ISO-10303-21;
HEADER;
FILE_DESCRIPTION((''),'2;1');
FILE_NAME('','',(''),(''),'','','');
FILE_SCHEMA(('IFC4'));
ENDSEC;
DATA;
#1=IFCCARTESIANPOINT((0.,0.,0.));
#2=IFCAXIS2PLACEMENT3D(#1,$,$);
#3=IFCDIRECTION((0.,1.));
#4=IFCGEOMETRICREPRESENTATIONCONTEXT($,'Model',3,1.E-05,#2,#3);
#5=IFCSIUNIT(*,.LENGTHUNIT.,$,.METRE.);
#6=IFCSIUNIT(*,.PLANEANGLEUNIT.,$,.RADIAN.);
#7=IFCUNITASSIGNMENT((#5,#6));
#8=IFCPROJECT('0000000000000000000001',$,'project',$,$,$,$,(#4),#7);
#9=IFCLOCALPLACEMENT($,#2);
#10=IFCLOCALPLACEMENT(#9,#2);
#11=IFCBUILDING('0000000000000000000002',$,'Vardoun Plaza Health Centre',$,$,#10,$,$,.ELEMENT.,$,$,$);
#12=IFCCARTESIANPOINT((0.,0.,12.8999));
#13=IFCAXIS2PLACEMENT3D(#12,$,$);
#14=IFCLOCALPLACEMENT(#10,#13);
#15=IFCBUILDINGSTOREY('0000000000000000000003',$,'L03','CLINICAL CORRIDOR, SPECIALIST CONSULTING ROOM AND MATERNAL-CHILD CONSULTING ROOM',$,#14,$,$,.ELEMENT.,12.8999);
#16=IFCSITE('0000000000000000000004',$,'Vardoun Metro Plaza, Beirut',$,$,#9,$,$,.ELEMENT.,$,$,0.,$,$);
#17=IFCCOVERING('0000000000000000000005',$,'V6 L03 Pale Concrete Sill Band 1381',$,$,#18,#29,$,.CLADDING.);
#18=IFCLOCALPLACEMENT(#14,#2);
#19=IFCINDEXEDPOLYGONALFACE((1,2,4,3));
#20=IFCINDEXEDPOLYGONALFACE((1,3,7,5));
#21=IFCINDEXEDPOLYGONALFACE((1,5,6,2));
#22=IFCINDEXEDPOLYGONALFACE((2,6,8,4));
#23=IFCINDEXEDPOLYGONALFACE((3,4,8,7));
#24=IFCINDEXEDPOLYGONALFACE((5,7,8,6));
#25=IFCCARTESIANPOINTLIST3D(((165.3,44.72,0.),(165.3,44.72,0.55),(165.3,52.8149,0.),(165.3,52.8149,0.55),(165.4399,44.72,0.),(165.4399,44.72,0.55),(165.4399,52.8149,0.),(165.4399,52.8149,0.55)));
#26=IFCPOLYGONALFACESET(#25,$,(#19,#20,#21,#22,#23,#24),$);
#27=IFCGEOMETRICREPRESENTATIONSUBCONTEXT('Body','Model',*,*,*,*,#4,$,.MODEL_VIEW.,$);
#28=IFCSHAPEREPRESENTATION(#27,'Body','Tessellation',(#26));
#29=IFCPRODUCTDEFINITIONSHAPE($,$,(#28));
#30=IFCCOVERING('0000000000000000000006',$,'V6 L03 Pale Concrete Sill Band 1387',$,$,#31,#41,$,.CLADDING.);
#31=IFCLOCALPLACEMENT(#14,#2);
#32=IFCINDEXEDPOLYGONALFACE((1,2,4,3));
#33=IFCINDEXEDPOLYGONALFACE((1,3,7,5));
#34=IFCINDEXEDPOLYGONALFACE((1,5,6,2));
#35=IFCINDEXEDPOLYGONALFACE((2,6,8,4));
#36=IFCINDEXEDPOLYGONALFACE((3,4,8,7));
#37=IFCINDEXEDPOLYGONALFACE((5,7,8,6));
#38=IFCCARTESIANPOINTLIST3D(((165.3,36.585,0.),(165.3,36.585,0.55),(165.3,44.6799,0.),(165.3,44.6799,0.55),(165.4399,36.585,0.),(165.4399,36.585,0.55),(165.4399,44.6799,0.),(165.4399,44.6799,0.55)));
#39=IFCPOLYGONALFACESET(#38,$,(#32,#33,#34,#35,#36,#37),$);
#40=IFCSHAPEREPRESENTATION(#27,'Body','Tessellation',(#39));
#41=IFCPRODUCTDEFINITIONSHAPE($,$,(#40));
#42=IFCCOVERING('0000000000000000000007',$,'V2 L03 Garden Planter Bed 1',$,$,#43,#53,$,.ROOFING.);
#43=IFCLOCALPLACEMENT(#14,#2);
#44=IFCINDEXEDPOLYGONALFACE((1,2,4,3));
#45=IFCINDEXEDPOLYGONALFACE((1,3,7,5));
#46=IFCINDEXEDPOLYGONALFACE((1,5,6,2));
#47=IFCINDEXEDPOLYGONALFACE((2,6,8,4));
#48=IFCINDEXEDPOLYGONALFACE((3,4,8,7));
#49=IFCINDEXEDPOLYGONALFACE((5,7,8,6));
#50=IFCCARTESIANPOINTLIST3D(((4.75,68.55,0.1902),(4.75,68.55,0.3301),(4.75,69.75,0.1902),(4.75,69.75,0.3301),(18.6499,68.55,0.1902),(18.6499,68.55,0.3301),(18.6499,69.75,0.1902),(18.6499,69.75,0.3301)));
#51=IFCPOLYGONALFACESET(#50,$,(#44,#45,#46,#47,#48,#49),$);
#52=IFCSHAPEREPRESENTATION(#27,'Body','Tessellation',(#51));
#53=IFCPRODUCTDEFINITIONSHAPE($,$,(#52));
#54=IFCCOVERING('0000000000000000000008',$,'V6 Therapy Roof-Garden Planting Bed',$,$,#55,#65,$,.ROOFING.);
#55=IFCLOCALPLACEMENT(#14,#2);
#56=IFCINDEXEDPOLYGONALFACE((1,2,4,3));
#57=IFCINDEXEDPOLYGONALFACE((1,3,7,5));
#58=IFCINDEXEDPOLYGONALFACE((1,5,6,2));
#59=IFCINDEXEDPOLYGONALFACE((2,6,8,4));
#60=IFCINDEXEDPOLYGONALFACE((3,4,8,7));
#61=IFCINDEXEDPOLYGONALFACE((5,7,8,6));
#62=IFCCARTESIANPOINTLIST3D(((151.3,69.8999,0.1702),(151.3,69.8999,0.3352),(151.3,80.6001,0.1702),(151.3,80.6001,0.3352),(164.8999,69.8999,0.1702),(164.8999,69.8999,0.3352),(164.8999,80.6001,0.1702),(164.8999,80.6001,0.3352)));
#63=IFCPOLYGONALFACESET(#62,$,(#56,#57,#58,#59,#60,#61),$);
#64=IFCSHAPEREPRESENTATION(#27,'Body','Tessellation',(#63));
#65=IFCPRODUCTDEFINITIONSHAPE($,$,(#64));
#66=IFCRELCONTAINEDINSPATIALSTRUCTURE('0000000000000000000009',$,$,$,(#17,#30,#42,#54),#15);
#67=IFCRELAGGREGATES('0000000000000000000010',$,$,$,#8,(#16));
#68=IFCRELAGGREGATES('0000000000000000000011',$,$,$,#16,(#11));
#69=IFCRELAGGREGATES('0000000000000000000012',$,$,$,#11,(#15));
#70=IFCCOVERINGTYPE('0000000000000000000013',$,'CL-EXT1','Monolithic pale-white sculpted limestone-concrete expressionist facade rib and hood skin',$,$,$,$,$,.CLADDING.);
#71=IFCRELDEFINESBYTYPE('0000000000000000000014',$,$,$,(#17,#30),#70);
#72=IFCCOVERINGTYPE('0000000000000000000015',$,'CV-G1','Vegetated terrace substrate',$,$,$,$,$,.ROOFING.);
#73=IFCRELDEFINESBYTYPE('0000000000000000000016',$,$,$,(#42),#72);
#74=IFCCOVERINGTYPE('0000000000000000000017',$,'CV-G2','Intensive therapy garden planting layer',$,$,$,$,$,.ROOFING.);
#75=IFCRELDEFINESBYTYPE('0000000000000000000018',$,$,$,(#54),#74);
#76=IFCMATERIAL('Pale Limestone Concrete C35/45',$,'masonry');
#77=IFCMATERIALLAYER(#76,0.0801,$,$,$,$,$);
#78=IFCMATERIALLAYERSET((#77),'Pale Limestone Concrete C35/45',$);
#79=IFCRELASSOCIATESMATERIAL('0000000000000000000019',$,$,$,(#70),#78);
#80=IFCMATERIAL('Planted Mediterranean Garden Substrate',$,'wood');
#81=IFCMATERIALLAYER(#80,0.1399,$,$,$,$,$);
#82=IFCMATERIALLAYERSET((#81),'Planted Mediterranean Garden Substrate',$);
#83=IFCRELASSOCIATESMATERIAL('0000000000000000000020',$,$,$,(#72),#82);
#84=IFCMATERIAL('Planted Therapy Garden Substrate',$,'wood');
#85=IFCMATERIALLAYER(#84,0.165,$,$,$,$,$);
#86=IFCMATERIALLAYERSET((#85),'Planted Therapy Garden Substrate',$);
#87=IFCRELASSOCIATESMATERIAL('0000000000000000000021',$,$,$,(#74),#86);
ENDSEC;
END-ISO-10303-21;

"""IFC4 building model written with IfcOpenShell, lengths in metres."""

from ifc_helpers import new_model, si_unit, direction, frame, origin, place, context, subcontext, project, spatial, polyline, outline, extrude, material, layer, layer_set, type_object, element, save


model = new_model("IFC4")

# Units and contexts
model_context = context("Model", 3, precision=1e-05, world=origin(), true_north=direction((0.0, 1.0)))
body_context = subcontext(model_context, "Body", "Model", "MODEL_VIEW")
ifc_project = project(units=[si_unit("LENGTHUNIT", "METRE"), si_unit("PLANEANGLEUNIT", "RADIAN")], contexts=[model_context])

# Site, building, storey
site_placement = place(None, origin())
site = spatial("IfcSite", under=ifc_project, at=site_placement, Name="Vardoun Metro Plaza, Beirut", CompositionType="ELEMENT", RefElevation=0.0)
building_placement = place(site_placement, origin())
building = spatial("IfcBuilding", under=site, at=building_placement, Name="Vardoun Plaza Health Centre", CompositionType="ELEMENT")
storey_placement = place(building_placement, frame((0.0, 0.0, 12.8999)))
storey = spatial("IfcBuildingStorey", under=building, at=storey_placement, Name="L03", Description="CLINICAL CORRIDOR, SPECIALIST CONSULTING ROOM AND MATERNAL-CHILD CONSULTING ROOM", CompositionType="ELEMENT", Elevation=12.8999)

# Coverings
ifc_material_1 = material(Name="Pale Limestone Concrete C35/45", Category="masonry")
ifc_layer_1 = layer(ifc_material_1, 0.0801)
ifc_layer_set_1 = layer_set([ifc_layer_1], Name="Pale Limestone Concrete C35/45")
covering_type_1 = type_object("IfcCoveringType", Name="CL-EXT1", Description="Monolithic pale-white sculpted limestone-concrete expressionist facade rib and hood skin", PredefinedType="CLADDING", material=ifc_layer_set_1)
covering_1_placement = place(storey_placement, origin())
element("IfcCovering", 1, at=covering_1_placement, inside=storey, type_object=covering_type_1, Name="V6 L03 Pale Concrete Sill Band 1381", PredefinedType="CLADDING", context=body_context, shape_type="SweptSolid", body=[
    extrude(outline(polyline([(165.3, 52.8149), (165.3, 44.72), (165.4399, 44.72), (165.4399, 52.8149), (165.3, 52.8149)])), origin(), (0.0, 0.0, 1.0), 0.55),
])
covering_2_placement = place(storey_placement, origin())
element("IfcCovering", 2, at=covering_2_placement, inside=storey, type_object=covering_type_1, Name="V6 L03 Pale Concrete Sill Band 1387", PredefinedType="CLADDING", context=body_context, shape_type="SweptSolid", body=[
    extrude(outline(polyline([(165.3, 44.6799), (165.3, 36.585), (165.4399, 36.585), (165.4399, 44.6799), (165.3, 44.6799)])), origin(), (0.0, 0.0, 1.0), 0.55),
])
ifc_material_2 = material(Name="Planted Mediterranean Garden Substrate", Category="wood")
ifc_layer_2 = layer(ifc_material_2, 0.1399)
ifc_layer_set_2 = layer_set([ifc_layer_2], Name="Planted Mediterranean Garden Substrate")
covering_type_2 = type_object("IfcCoveringType", Name="CV-G1", Description="Vegetated terrace substrate", PredefinedType="ROOFING", material=ifc_layer_set_2)
covering_3_placement = place(storey_placement, frame((0.0, 0.0, 0.1902)))
element("IfcCovering", 3, at=covering_3_placement, inside=storey, type_object=covering_type_2, Name="V2 L03 Garden Planter Bed 1", PredefinedType="ROOFING", context=body_context, shape_type="SweptSolid", body=[
    extrude(outline(polyline([(4.75, 68.55), (18.6499, 68.55), (18.6499, 69.75), (4.75, 69.75), (4.75, 68.55)])), origin(), (0.0, 0.0, 1.0), 0.1399),
])
ifc_material_3 = material(Name="Planted Therapy Garden Substrate", Category="wood")
ifc_layer_3 = layer(ifc_material_3, 0.165)
ifc_layer_set_3 = layer_set([ifc_layer_3], Name="Planted Therapy Garden Substrate")
covering_type_3 = type_object("IfcCoveringType", Name="CV-G2", Description="Intensive therapy garden planting layer", PredefinedType="ROOFING", material=ifc_layer_set_3)
covering_4_placement = place(storey_placement, frame((0.0, 0.0, 0.1702)))
element("IfcCovering", 4, at=covering_4_placement, inside=storey, type_object=covering_type_3, Name="V6 Therapy Roof-Garden Planting Bed", PredefinedType="ROOFING", context=body_context, shape_type="SweptSolid", body=[
    extrude(outline(polyline([(151.3, 69.8999), (164.8999, 69.8999), (164.8999, 80.6001), (151.3, 80.6001), (151.3, 69.8999)])), origin(), (0.0, 0.0, 1.0), 0.165),
])

save(model, "model.ifc")
